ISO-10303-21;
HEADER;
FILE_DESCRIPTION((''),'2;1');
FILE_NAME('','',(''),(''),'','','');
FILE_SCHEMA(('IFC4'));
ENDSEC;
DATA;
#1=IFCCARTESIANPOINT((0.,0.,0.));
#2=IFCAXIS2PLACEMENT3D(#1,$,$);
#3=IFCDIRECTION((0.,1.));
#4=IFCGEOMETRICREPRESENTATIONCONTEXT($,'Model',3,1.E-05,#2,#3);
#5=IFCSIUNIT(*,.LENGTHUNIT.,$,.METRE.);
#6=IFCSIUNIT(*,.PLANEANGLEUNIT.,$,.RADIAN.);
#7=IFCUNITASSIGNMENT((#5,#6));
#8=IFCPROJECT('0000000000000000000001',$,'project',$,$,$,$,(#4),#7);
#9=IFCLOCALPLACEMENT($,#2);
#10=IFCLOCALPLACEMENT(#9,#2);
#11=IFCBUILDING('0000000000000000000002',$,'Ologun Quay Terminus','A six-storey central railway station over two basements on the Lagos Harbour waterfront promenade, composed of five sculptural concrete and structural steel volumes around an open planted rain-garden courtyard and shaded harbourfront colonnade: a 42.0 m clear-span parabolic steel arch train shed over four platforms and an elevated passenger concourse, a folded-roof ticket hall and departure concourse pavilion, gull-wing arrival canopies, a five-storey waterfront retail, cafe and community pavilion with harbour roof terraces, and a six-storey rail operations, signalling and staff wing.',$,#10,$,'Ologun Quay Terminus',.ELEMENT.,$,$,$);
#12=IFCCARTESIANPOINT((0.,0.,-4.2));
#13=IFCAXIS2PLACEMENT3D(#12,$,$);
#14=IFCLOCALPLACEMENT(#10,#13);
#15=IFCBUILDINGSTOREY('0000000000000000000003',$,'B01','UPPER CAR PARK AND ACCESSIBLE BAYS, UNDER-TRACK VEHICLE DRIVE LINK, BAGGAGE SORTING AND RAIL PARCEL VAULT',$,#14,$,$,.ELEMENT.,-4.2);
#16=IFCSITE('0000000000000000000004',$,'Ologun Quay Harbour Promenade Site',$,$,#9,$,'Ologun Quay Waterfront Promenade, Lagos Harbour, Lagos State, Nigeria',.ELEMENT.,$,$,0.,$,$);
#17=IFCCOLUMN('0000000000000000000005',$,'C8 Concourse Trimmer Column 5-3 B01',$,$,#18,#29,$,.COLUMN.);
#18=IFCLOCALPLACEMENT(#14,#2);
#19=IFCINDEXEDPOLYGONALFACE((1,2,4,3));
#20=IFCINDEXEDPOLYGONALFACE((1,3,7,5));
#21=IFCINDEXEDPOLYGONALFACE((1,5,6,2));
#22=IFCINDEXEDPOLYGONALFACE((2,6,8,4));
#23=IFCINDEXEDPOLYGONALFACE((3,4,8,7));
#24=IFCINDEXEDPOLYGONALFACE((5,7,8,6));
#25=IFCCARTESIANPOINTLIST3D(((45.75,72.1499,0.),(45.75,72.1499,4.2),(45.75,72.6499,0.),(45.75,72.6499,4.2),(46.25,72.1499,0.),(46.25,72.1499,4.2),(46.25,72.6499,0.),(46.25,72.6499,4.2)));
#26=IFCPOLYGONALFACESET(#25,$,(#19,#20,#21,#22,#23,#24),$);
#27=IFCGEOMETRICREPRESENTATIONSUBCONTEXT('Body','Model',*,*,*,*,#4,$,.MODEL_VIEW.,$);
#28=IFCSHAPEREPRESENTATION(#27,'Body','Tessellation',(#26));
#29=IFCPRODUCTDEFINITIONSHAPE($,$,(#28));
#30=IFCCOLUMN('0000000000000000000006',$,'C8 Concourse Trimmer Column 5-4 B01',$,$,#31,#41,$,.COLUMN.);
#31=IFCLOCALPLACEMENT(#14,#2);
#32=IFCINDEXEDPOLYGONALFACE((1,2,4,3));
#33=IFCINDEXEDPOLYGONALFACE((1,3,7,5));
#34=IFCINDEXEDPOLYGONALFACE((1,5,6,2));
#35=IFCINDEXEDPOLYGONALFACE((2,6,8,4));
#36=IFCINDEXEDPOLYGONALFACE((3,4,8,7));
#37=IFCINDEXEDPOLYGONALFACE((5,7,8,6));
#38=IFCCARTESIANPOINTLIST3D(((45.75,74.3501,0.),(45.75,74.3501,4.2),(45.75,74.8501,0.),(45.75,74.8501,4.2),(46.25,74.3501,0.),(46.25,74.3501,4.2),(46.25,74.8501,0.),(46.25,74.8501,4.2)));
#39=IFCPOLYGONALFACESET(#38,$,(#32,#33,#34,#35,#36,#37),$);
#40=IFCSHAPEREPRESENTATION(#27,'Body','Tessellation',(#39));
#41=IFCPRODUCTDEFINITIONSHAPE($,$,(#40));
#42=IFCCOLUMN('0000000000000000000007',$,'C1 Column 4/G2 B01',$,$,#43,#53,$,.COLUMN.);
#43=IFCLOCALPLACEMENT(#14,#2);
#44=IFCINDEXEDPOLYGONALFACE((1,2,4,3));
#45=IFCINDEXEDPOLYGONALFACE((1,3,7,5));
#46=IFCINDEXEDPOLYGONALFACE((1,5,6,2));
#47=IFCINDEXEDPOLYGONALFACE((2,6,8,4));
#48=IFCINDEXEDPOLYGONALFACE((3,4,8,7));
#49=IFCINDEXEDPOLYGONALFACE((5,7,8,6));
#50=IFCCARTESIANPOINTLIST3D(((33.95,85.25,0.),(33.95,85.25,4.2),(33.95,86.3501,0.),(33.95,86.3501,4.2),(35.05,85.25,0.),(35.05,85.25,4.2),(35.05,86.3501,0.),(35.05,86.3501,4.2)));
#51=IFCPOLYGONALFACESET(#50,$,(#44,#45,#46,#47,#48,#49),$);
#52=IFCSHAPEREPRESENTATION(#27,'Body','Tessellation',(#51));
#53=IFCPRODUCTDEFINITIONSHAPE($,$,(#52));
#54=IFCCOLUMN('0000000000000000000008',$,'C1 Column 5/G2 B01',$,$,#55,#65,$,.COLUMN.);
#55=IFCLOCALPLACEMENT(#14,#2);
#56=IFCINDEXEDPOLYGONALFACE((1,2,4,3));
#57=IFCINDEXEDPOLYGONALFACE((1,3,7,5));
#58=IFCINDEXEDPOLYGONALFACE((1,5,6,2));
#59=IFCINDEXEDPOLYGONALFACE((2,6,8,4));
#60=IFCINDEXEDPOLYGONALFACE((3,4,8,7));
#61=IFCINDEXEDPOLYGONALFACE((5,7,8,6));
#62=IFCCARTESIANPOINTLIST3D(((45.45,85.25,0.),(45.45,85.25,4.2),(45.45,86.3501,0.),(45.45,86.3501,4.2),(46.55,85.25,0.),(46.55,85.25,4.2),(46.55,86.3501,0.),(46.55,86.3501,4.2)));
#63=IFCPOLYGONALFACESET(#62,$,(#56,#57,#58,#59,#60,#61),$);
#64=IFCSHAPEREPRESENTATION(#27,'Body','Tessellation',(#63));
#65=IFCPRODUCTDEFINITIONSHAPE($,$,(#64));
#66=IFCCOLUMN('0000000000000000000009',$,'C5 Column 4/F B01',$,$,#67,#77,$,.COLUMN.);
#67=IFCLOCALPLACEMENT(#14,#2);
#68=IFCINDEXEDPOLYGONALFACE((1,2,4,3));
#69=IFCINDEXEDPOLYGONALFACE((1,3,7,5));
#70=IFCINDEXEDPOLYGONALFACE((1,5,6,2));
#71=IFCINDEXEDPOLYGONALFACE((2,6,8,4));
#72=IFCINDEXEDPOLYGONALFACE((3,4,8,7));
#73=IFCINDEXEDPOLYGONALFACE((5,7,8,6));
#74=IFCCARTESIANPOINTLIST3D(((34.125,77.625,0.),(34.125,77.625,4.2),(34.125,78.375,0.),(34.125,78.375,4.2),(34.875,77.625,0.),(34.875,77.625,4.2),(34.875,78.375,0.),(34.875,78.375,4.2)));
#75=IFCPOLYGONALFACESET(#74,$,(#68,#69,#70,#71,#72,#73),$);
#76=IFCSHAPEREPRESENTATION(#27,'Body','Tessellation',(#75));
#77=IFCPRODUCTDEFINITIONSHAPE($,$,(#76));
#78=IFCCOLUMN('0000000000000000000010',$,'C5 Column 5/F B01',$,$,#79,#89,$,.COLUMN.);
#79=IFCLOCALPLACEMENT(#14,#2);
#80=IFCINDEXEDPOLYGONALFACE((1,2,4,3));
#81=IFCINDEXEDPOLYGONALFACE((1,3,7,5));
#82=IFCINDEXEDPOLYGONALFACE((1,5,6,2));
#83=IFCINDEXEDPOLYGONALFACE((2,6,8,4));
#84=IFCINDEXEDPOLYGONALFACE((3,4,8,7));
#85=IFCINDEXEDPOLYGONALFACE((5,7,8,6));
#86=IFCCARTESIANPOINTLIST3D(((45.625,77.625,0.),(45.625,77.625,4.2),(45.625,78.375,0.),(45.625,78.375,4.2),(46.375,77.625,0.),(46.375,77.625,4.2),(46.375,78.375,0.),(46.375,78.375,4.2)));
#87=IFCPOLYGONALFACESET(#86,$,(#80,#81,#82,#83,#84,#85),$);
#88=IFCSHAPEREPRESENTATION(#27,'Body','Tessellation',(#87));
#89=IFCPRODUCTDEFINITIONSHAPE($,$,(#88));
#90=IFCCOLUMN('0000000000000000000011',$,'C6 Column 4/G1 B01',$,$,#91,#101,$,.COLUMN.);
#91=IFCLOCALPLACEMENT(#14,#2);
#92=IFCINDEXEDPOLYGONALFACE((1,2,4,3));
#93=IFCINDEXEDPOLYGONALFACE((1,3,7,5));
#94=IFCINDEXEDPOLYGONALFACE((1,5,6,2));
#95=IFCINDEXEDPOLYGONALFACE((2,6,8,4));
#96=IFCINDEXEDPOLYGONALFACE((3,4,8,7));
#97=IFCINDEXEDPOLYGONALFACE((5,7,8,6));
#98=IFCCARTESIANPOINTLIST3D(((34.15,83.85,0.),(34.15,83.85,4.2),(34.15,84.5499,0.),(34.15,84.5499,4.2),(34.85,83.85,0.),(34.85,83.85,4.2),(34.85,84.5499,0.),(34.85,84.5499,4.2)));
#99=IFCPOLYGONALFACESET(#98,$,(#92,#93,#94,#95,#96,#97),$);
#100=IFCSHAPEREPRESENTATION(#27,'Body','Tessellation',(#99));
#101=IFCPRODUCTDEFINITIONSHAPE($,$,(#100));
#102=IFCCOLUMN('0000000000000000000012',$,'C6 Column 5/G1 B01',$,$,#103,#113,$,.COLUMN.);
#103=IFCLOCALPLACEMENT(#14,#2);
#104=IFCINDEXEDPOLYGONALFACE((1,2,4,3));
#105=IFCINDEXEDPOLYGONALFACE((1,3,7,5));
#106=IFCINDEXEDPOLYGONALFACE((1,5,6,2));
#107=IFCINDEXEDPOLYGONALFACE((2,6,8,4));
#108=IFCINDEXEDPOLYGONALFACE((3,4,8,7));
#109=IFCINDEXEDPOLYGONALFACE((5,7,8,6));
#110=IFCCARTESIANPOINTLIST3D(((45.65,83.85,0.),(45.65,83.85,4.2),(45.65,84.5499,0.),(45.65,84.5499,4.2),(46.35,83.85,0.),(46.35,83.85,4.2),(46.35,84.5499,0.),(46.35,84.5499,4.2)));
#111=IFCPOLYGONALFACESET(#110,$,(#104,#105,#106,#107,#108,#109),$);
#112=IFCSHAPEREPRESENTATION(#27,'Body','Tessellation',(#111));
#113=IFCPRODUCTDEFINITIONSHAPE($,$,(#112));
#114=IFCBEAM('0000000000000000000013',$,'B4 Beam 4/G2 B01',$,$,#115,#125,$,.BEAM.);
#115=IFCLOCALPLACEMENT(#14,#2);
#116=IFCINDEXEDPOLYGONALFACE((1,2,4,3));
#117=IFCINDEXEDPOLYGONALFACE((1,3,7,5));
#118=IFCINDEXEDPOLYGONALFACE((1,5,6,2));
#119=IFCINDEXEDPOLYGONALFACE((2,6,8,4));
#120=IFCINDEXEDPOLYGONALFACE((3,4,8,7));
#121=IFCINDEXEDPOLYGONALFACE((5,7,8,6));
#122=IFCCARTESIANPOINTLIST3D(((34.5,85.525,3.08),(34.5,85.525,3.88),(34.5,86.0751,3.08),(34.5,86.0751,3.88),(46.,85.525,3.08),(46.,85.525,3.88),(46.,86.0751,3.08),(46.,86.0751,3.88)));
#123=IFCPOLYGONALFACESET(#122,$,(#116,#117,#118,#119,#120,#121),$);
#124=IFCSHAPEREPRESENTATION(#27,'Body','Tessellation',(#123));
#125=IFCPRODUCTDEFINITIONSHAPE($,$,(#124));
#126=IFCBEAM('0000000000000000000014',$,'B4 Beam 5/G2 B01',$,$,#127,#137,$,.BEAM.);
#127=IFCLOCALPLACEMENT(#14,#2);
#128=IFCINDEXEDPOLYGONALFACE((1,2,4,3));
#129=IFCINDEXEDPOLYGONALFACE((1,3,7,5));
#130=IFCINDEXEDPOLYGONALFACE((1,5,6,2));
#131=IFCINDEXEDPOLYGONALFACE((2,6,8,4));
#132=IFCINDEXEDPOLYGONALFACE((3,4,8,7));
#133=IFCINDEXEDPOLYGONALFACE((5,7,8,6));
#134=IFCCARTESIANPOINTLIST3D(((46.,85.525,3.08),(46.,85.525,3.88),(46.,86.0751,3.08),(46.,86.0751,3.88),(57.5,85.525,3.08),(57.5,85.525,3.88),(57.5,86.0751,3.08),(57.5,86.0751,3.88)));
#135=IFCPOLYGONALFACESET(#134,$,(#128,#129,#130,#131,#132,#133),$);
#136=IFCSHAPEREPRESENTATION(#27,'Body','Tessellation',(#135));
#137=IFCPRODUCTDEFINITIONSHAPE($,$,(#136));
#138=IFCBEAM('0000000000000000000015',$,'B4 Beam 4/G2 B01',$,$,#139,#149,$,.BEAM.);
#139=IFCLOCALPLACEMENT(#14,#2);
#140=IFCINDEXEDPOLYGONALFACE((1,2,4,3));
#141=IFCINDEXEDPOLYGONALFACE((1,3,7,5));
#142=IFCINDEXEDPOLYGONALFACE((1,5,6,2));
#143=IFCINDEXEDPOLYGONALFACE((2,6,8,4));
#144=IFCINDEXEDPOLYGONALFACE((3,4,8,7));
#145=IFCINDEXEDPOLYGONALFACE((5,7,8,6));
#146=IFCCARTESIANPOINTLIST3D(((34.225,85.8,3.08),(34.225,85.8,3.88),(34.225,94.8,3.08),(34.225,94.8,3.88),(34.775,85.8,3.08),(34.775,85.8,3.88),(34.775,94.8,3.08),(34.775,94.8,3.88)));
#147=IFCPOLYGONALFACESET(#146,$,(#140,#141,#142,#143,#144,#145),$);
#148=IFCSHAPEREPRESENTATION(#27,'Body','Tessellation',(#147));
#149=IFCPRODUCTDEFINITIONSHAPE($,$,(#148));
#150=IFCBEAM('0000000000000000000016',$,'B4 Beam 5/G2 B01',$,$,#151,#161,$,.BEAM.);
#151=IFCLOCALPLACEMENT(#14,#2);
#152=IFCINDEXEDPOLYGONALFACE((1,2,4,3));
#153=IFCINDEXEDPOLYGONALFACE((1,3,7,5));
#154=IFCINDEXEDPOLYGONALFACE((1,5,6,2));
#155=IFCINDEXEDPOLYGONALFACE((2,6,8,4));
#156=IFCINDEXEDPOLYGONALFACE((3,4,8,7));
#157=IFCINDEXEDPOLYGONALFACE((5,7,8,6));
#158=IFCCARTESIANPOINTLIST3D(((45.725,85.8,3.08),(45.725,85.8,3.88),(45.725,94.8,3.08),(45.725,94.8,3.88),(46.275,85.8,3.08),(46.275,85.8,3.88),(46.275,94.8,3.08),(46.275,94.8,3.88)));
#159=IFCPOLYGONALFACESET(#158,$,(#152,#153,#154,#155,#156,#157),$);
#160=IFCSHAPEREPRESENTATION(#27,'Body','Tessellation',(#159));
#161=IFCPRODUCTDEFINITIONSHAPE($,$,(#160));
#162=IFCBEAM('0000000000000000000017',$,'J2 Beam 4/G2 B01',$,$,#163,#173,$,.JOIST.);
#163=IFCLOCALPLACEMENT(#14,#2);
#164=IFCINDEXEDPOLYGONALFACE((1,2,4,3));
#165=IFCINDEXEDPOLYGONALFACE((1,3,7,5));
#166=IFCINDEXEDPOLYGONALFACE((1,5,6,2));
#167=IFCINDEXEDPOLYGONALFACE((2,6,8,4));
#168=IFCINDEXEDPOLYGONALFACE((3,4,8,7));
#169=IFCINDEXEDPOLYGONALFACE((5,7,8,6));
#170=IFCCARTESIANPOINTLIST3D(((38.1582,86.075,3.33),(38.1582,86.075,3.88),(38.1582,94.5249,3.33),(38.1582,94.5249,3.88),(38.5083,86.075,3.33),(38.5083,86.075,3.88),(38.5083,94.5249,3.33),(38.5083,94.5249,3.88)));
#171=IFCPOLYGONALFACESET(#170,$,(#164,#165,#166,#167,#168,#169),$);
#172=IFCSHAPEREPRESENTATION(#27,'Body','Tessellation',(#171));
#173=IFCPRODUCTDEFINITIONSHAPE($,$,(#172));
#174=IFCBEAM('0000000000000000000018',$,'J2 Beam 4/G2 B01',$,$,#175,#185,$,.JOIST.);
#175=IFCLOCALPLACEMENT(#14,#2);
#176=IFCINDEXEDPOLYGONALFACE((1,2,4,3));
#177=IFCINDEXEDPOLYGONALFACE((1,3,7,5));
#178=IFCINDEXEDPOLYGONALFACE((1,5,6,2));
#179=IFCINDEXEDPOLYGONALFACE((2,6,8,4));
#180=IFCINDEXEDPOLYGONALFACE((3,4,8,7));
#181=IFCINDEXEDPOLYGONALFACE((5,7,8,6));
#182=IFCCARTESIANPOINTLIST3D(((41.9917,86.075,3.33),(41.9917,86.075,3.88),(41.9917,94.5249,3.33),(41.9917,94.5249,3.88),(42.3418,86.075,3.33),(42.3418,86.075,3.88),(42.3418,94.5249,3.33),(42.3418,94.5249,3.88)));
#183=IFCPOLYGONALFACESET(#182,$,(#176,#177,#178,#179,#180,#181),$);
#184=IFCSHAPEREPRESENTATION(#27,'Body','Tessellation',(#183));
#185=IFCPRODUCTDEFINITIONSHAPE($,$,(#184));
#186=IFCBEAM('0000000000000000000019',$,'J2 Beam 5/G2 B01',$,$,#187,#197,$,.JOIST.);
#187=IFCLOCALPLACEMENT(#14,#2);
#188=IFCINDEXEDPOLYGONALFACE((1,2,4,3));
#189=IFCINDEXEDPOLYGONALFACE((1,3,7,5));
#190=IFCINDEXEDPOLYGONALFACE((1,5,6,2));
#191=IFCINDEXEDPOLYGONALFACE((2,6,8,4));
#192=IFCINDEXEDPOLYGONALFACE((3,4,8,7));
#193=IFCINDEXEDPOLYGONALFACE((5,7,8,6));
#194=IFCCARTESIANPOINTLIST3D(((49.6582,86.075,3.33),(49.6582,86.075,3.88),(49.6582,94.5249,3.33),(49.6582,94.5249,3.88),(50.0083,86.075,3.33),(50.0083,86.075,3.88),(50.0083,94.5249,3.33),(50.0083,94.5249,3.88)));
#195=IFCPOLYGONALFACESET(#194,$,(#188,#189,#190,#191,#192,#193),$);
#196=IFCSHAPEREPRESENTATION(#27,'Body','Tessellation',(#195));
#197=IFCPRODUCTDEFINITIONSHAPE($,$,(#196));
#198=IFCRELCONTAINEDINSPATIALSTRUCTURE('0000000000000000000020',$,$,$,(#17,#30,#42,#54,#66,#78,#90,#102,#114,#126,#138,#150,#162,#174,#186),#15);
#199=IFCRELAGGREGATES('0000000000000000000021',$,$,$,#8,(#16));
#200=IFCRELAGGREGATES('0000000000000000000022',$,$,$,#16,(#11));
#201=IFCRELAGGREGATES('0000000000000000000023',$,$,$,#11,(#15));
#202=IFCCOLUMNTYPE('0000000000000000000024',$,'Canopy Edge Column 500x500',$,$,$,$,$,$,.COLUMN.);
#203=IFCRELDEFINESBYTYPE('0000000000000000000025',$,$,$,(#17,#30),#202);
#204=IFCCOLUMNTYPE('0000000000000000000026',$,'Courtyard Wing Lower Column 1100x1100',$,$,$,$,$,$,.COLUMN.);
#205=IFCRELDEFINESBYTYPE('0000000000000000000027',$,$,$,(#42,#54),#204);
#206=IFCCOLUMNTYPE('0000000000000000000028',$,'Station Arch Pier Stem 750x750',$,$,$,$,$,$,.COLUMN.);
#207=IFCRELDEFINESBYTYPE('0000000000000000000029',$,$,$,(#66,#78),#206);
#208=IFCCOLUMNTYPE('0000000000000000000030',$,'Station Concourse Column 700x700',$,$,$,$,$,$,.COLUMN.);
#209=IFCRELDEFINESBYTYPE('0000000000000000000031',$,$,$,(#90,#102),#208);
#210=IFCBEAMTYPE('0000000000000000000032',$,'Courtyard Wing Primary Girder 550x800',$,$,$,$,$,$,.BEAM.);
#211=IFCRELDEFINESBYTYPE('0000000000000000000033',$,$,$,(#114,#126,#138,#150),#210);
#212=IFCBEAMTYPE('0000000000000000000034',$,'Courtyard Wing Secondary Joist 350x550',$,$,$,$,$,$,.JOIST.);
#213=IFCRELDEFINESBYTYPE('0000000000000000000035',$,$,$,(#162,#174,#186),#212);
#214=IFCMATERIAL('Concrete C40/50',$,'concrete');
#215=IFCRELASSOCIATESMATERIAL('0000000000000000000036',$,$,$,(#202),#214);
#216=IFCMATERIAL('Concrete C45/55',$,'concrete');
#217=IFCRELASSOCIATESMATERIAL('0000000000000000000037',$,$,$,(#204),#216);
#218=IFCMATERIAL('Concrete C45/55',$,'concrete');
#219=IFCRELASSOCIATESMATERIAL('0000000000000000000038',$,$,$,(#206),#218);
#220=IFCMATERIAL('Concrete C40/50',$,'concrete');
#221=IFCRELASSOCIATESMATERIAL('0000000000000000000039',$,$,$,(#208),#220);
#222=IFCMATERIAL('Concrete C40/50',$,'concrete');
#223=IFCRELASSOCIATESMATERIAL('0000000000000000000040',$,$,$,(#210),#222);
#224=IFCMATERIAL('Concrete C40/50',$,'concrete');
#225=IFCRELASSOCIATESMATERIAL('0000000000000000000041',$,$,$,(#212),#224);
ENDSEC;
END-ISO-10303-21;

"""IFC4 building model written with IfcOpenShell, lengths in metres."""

from ifc_helpers import new_model, si_unit, direction, frame, origin, origin_2d, place, context, subcontext, project, spatial, rectangle, extrude, material, material_profile, profile_set, type_object, element, save


model = new_model("IFC4")

# Units and contexts
model_context = context("Model", 3, precision=1e-05, world=origin(), true_north=direction((0.0, 1.0)))
body_context = subcontext(model_context, "Body", "Model", "MODEL_VIEW")
ifc_project = project(units=[si_unit("LENGTHUNIT", "METRE"), si_unit("PLANEANGLEUNIT", "RADIAN")], contexts=[model_context])

# Site, building, storey
site_placement = place(None, origin())
site = spatial("IfcSite", under=ifc_project, at=site_placement, Name="Ologun Quay Harbour Promenade Site", LongName="Ologun Quay Waterfront Promenade, Lagos Harbour, Lagos State, Nigeria", CompositionType="ELEMENT", RefElevation=0.0)
building_placement = place(site_placement, origin())
building = spatial("IfcBuilding", under=site, at=building_placement, Name="Ologun Quay Terminus", Description="A six-storey central railway station over two basements on the Lagos Harbour waterfront promenade, composed of five sculptural concrete and structural steel volumes around an open planted rain-garden courtyard and shaded harbourfront colonnade: a 42.0 m clear-span parabolic steel arch train shed over four platforms and an elevated passenger concourse, a folded-roof ticket hall and departure concourse pavilion, gull-wing arrival canopies, a five-storey waterfront retail, cafe and community pavilion with harbour roof terraces, and a six-storey rail operations, signalling and staff wing.", LongName="Ologun Quay Terminus", CompositionType="ELEMENT")
storey_placement = place(building_placement, frame((0.0, 0.0, -4.2)))
storey = spatial("IfcBuildingStorey", under=building, at=storey_placement, Name="B01", Description="UPPER CAR PARK AND ACCESSIBLE BAYS, UNDER-TRACK VEHICLE DRIVE LINK, BAGGAGE SORTING AND RAIL PARCEL VAULT", CompositionType="ELEMENT", Elevation=-4.2)

# Columns
ifc_material_1 = material(Name="Concrete C40/50", Category="concrete")
ifc_material_profile_1 = material_profile(ifc_material_1, rectangle(XDim=0.5, YDim=0.5, at=origin_2d()), Name="RC 500x500")
ifc_profile_set_1 = profile_set([ifc_material_profile_1], Name="Concrete C40/50")
column_type_1 = type_object("IfcColumnType", Name="Canopy Edge Column 500x500", PredefinedType="COLUMN", material=ifc_profile_set_1)
for number, where, z_axis, x_axis, name in (
    (1, (46.0, 72.3999, 0.0), (0.0, 0.0, 1.0), (1.0, 0.0, 0.0), "C8 Concourse Trimmer Column 5-3 B01"),
    (2, (46.0, 74.6001, 0.0), (0.0, 0.0, 1.0), (1.0, 0.0, 0.0), "C8 Concourse Trimmer Column 5-4 B01"),
):
    element("IfcColumn", number, at=place(storey_placement, frame(where, z_axis=z_axis, x_axis=x_axis)), inside=storey, type_object=column_type_1, Name=name, PredefinedType="COLUMN", context=body_context, shape_type="SweptSolid", body=[
        extrude(rectangle(XDim=0.5, YDim=0.5, at=origin_2d()), origin(), (0.0, 0.0, 1.0), 4.2),
    ])
ifc_material_2 = material(Name="Concrete C45/55", Category="concrete")
ifc_material_profile_2 = material_profile(ifc_material_2, rectangle(XDim=1.1001, YDim=1.1001, at=origin_2d()), Name="RC 1100x1100")
ifc_profile_set_2 = profile_set([ifc_material_profile_2], Name="Concrete C45/55")
column_type_2 = type_object("IfcColumnType", Name="Courtyard Wing Lower Column 1100x1100", PredefinedType="COLUMN", material=ifc_profile_set_2)
for number, where, z_axis, x_axis, name in (
    (3, (34.5, 85.8, 0.0), (0.0, 0.0, 1.0), (1.0, 0.0, 0.0), "C1 Column 4/G2 B01"),
    (4, (46.0, 85.8, 0.0), (0.0, 0.0, 1.0), (1.0, 0.0, 0.0), "C1 Column 5/G2 B01"),
):
    element("IfcColumn", number, at=place(storey_placement, frame(where, z_axis=z_axis, x_axis=x_axis)), inside=storey, type_object=column_type_2, Name=name, PredefinedType="COLUMN", context=body_context, shape_type="SweptSolid", body=[
        extrude(rectangle(XDim=1.1001, YDim=1.1001, at=origin_2d()), origin(), (0.0, 0.0, 1.0), 4.2),
    ])
ifc_material_3 = material(Name="Concrete C45/55", Category="concrete")
ifc_material_profile_3 = material_profile(ifc_material_3, rectangle(XDim=0.75, YDim=0.75, at=origin_2d()), Name="RC 750x750")
ifc_profile_set_3 = profile_set([ifc_material_profile_3], Name="Concrete C45/55")
column_type_3 = type_object("IfcColumnType", Name="Station Arch Pier Stem 750x750", PredefinedType="COLUMN", material=ifc_profile_set_3)
for number, where, z_axis, x_axis, name in (
    (5, (34.5, 78.0, 0.0), (0.0, 0.0, 1.0), (1.0, 0.0, 0.0), "C5 Column 4/F B01"),
    (6, (46.0, 78.0, 0.0), (0.0, 0.0, 1.0), (1.0, 0.0, 0.0), "C5 Column 5/F B01"),
):
    element("IfcColumn", number, at=place(storey_placement, frame(where, z_axis=z_axis, x_axis=x_axis)), inside=storey, type_object=column_type_3, Name=name, PredefinedType="COLUMN", context=body_context, shape_type="SweptSolid", body=[
        extrude(rectangle(XDim=0.75, YDim=0.75, at=origin_2d()), origin(), (0.0, 0.0, 1.0), 4.2),
    ])
ifc_material_4 = material(Name="Concrete C40/50", Category="concrete")
ifc_material_profile_4 = material_profile(ifc_material_4, rectangle(XDim=0.7, YDim=0.7, at=origin_2d()), Name="RC 700x700")
ifc_profile_set_4 = profile_set([ifc_material_profile_4], Name="Concrete C40/50")
column_type_4 = type_object("IfcColumnType", Name="Station Concourse Column 700x700", PredefinedType="COLUMN", material=ifc_profile_set_4)
for number, where, z_axis, x_axis, name in (
    (7, (34.5, 84.2, 0.0), (0.0, 0.0, 1.0), (1.0, 0.0, 0.0), "C6 Column 4/G1 B01"),
    (8, (46.0, 84.2, 0.0), (0.0, 0.0, 1.0), (1.0, 0.0, 0.0), "C6 Column 5/G1 B01"),
):
    element("IfcColumn", number, at=place(storey_placement, frame(where, z_axis=z_axis, x_axis=x_axis)), inside=storey, type_object=column_type_4, Name=name, PredefinedType="COLUMN", context=body_context, shape_type="SweptSolid", body=[
        extrude(rectangle(XDim=0.7, YDim=0.7, at=origin_2d()), origin(), (0.0, 0.0, 1.0), 4.2),
    ])

# Beams
ifc_material_5 = material(Name="Concrete C40/50", Category="concrete")
ifc_material_profile_5 = material_profile(ifc_material_5, rectangle(XDim=0.55, YDim=0.8, at=origin_2d()), Name="RC 550x800")
ifc_profile_set_5 = profile_set([ifc_material_profile_5], Name="Concrete C40/50")
beam_type_1 = type_object("IfcBeamType", Name="Courtyard Wing Primary Girder 550x800", PredefinedType="BEAM", material=ifc_profile_set_5)
for number, where, z_axis, x_axis, name in (
    (9, (34.5, 85.8, 3.48), (1.0, 0.0, 0.0), (0.0, 1.0, 0.0), "B4 Beam 4/G2 B01"),
    (10, (46.0, 85.8, 3.48), (1.0, 0.0, 0.0), (0.0, 1.0, 0.0), "B4 Beam 5/G2 B01"),
):
    element("IfcBeam", number, at=place(storey_placement, frame(where, z_axis=z_axis, x_axis=x_axis)), inside=storey, type_object=beam_type_1, Name=name, PredefinedType="BEAM", context=body_context, shape_type="SweptSolid", body=[
        extrude(rectangle(XDim=0.55, YDim=0.8, at=origin_2d()), origin(), (0.0, 0.0, 1.0), 11.5),
    ])
for number, where, z_axis, x_axis, name in (
    (11, (34.5, 85.8, 3.48), (0.0, 1.0, 0.0), (-1.0, 0.0, 0.0), "B4 Beam 4/G2 B01"),
    (12, (46.0, 85.8, 3.48), (0.0, 1.0, 0.0), (-1.0, 0.0, 0.0), "B4 Beam 5/G2 B01"),
):
    element("IfcBeam", number, at=place(storey_placement, frame(where, z_axis=z_axis, x_axis=x_axis)), inside=storey, type_object=beam_type_1, Name=name, PredefinedType="BEAM", context=body_context, shape_type="SweptSolid", body=[
        extrude(rectangle(XDim=0.55, YDim=0.8, at=origin_2d()), origin(), (0.0, 0.0, 1.0), 9.0),
    ])
ifc_material_6 = material(Name="Concrete C40/50", Category="concrete")
ifc_material_profile_6 = material_profile(ifc_material_6, rectangle(XDim=0.3501, YDim=0.55, at=origin_2d()), Name="RC 350x550")
ifc_profile_set_6 = profile_set([ifc_material_profile_6], Name="Concrete C40/50")
beam_type_2 = type_object("IfcBeamType", Name="Courtyard Wing Secondary Joist 350x550", PredefinedType="JOIST", material=ifc_profile_set_6)
for number, where, z_axis, x_axis, name in (
    (13, (38.3333, 86.075, 3.605), (0.0, 1.0, 0.0), (-1.0, 0.0, 0.0), "J2 Beam 4/G2 B01"),
    (14, (42.1667, 86.075, 3.605), (0.0, 1.0, 0.0), (-1.0, 0.0, 0.0), "J2 Beam 4/G2 B01"),
    (15, (49.8333, 86.075, 3.605), (0.0, 1.0, 0.0), (-1.0, 0.0, 0.0), "J2 Beam 5/G2 B01"),
):
    element("IfcBeam", number, at=place(storey_placement, frame(where, z_axis=z_axis, x_axis=x_axis)), inside=storey, type_object=beam_type_2, Name=name, PredefinedType="JOIST", context=body_context, shape_type="SweptSolid", body=[
        extrude(rectangle(XDim=0.3501, YDim=0.55, at=origin_2d()), origin(), (0.0, 0.0, 1.0), 8.45),
    ])

save(model, "model.ifc")
